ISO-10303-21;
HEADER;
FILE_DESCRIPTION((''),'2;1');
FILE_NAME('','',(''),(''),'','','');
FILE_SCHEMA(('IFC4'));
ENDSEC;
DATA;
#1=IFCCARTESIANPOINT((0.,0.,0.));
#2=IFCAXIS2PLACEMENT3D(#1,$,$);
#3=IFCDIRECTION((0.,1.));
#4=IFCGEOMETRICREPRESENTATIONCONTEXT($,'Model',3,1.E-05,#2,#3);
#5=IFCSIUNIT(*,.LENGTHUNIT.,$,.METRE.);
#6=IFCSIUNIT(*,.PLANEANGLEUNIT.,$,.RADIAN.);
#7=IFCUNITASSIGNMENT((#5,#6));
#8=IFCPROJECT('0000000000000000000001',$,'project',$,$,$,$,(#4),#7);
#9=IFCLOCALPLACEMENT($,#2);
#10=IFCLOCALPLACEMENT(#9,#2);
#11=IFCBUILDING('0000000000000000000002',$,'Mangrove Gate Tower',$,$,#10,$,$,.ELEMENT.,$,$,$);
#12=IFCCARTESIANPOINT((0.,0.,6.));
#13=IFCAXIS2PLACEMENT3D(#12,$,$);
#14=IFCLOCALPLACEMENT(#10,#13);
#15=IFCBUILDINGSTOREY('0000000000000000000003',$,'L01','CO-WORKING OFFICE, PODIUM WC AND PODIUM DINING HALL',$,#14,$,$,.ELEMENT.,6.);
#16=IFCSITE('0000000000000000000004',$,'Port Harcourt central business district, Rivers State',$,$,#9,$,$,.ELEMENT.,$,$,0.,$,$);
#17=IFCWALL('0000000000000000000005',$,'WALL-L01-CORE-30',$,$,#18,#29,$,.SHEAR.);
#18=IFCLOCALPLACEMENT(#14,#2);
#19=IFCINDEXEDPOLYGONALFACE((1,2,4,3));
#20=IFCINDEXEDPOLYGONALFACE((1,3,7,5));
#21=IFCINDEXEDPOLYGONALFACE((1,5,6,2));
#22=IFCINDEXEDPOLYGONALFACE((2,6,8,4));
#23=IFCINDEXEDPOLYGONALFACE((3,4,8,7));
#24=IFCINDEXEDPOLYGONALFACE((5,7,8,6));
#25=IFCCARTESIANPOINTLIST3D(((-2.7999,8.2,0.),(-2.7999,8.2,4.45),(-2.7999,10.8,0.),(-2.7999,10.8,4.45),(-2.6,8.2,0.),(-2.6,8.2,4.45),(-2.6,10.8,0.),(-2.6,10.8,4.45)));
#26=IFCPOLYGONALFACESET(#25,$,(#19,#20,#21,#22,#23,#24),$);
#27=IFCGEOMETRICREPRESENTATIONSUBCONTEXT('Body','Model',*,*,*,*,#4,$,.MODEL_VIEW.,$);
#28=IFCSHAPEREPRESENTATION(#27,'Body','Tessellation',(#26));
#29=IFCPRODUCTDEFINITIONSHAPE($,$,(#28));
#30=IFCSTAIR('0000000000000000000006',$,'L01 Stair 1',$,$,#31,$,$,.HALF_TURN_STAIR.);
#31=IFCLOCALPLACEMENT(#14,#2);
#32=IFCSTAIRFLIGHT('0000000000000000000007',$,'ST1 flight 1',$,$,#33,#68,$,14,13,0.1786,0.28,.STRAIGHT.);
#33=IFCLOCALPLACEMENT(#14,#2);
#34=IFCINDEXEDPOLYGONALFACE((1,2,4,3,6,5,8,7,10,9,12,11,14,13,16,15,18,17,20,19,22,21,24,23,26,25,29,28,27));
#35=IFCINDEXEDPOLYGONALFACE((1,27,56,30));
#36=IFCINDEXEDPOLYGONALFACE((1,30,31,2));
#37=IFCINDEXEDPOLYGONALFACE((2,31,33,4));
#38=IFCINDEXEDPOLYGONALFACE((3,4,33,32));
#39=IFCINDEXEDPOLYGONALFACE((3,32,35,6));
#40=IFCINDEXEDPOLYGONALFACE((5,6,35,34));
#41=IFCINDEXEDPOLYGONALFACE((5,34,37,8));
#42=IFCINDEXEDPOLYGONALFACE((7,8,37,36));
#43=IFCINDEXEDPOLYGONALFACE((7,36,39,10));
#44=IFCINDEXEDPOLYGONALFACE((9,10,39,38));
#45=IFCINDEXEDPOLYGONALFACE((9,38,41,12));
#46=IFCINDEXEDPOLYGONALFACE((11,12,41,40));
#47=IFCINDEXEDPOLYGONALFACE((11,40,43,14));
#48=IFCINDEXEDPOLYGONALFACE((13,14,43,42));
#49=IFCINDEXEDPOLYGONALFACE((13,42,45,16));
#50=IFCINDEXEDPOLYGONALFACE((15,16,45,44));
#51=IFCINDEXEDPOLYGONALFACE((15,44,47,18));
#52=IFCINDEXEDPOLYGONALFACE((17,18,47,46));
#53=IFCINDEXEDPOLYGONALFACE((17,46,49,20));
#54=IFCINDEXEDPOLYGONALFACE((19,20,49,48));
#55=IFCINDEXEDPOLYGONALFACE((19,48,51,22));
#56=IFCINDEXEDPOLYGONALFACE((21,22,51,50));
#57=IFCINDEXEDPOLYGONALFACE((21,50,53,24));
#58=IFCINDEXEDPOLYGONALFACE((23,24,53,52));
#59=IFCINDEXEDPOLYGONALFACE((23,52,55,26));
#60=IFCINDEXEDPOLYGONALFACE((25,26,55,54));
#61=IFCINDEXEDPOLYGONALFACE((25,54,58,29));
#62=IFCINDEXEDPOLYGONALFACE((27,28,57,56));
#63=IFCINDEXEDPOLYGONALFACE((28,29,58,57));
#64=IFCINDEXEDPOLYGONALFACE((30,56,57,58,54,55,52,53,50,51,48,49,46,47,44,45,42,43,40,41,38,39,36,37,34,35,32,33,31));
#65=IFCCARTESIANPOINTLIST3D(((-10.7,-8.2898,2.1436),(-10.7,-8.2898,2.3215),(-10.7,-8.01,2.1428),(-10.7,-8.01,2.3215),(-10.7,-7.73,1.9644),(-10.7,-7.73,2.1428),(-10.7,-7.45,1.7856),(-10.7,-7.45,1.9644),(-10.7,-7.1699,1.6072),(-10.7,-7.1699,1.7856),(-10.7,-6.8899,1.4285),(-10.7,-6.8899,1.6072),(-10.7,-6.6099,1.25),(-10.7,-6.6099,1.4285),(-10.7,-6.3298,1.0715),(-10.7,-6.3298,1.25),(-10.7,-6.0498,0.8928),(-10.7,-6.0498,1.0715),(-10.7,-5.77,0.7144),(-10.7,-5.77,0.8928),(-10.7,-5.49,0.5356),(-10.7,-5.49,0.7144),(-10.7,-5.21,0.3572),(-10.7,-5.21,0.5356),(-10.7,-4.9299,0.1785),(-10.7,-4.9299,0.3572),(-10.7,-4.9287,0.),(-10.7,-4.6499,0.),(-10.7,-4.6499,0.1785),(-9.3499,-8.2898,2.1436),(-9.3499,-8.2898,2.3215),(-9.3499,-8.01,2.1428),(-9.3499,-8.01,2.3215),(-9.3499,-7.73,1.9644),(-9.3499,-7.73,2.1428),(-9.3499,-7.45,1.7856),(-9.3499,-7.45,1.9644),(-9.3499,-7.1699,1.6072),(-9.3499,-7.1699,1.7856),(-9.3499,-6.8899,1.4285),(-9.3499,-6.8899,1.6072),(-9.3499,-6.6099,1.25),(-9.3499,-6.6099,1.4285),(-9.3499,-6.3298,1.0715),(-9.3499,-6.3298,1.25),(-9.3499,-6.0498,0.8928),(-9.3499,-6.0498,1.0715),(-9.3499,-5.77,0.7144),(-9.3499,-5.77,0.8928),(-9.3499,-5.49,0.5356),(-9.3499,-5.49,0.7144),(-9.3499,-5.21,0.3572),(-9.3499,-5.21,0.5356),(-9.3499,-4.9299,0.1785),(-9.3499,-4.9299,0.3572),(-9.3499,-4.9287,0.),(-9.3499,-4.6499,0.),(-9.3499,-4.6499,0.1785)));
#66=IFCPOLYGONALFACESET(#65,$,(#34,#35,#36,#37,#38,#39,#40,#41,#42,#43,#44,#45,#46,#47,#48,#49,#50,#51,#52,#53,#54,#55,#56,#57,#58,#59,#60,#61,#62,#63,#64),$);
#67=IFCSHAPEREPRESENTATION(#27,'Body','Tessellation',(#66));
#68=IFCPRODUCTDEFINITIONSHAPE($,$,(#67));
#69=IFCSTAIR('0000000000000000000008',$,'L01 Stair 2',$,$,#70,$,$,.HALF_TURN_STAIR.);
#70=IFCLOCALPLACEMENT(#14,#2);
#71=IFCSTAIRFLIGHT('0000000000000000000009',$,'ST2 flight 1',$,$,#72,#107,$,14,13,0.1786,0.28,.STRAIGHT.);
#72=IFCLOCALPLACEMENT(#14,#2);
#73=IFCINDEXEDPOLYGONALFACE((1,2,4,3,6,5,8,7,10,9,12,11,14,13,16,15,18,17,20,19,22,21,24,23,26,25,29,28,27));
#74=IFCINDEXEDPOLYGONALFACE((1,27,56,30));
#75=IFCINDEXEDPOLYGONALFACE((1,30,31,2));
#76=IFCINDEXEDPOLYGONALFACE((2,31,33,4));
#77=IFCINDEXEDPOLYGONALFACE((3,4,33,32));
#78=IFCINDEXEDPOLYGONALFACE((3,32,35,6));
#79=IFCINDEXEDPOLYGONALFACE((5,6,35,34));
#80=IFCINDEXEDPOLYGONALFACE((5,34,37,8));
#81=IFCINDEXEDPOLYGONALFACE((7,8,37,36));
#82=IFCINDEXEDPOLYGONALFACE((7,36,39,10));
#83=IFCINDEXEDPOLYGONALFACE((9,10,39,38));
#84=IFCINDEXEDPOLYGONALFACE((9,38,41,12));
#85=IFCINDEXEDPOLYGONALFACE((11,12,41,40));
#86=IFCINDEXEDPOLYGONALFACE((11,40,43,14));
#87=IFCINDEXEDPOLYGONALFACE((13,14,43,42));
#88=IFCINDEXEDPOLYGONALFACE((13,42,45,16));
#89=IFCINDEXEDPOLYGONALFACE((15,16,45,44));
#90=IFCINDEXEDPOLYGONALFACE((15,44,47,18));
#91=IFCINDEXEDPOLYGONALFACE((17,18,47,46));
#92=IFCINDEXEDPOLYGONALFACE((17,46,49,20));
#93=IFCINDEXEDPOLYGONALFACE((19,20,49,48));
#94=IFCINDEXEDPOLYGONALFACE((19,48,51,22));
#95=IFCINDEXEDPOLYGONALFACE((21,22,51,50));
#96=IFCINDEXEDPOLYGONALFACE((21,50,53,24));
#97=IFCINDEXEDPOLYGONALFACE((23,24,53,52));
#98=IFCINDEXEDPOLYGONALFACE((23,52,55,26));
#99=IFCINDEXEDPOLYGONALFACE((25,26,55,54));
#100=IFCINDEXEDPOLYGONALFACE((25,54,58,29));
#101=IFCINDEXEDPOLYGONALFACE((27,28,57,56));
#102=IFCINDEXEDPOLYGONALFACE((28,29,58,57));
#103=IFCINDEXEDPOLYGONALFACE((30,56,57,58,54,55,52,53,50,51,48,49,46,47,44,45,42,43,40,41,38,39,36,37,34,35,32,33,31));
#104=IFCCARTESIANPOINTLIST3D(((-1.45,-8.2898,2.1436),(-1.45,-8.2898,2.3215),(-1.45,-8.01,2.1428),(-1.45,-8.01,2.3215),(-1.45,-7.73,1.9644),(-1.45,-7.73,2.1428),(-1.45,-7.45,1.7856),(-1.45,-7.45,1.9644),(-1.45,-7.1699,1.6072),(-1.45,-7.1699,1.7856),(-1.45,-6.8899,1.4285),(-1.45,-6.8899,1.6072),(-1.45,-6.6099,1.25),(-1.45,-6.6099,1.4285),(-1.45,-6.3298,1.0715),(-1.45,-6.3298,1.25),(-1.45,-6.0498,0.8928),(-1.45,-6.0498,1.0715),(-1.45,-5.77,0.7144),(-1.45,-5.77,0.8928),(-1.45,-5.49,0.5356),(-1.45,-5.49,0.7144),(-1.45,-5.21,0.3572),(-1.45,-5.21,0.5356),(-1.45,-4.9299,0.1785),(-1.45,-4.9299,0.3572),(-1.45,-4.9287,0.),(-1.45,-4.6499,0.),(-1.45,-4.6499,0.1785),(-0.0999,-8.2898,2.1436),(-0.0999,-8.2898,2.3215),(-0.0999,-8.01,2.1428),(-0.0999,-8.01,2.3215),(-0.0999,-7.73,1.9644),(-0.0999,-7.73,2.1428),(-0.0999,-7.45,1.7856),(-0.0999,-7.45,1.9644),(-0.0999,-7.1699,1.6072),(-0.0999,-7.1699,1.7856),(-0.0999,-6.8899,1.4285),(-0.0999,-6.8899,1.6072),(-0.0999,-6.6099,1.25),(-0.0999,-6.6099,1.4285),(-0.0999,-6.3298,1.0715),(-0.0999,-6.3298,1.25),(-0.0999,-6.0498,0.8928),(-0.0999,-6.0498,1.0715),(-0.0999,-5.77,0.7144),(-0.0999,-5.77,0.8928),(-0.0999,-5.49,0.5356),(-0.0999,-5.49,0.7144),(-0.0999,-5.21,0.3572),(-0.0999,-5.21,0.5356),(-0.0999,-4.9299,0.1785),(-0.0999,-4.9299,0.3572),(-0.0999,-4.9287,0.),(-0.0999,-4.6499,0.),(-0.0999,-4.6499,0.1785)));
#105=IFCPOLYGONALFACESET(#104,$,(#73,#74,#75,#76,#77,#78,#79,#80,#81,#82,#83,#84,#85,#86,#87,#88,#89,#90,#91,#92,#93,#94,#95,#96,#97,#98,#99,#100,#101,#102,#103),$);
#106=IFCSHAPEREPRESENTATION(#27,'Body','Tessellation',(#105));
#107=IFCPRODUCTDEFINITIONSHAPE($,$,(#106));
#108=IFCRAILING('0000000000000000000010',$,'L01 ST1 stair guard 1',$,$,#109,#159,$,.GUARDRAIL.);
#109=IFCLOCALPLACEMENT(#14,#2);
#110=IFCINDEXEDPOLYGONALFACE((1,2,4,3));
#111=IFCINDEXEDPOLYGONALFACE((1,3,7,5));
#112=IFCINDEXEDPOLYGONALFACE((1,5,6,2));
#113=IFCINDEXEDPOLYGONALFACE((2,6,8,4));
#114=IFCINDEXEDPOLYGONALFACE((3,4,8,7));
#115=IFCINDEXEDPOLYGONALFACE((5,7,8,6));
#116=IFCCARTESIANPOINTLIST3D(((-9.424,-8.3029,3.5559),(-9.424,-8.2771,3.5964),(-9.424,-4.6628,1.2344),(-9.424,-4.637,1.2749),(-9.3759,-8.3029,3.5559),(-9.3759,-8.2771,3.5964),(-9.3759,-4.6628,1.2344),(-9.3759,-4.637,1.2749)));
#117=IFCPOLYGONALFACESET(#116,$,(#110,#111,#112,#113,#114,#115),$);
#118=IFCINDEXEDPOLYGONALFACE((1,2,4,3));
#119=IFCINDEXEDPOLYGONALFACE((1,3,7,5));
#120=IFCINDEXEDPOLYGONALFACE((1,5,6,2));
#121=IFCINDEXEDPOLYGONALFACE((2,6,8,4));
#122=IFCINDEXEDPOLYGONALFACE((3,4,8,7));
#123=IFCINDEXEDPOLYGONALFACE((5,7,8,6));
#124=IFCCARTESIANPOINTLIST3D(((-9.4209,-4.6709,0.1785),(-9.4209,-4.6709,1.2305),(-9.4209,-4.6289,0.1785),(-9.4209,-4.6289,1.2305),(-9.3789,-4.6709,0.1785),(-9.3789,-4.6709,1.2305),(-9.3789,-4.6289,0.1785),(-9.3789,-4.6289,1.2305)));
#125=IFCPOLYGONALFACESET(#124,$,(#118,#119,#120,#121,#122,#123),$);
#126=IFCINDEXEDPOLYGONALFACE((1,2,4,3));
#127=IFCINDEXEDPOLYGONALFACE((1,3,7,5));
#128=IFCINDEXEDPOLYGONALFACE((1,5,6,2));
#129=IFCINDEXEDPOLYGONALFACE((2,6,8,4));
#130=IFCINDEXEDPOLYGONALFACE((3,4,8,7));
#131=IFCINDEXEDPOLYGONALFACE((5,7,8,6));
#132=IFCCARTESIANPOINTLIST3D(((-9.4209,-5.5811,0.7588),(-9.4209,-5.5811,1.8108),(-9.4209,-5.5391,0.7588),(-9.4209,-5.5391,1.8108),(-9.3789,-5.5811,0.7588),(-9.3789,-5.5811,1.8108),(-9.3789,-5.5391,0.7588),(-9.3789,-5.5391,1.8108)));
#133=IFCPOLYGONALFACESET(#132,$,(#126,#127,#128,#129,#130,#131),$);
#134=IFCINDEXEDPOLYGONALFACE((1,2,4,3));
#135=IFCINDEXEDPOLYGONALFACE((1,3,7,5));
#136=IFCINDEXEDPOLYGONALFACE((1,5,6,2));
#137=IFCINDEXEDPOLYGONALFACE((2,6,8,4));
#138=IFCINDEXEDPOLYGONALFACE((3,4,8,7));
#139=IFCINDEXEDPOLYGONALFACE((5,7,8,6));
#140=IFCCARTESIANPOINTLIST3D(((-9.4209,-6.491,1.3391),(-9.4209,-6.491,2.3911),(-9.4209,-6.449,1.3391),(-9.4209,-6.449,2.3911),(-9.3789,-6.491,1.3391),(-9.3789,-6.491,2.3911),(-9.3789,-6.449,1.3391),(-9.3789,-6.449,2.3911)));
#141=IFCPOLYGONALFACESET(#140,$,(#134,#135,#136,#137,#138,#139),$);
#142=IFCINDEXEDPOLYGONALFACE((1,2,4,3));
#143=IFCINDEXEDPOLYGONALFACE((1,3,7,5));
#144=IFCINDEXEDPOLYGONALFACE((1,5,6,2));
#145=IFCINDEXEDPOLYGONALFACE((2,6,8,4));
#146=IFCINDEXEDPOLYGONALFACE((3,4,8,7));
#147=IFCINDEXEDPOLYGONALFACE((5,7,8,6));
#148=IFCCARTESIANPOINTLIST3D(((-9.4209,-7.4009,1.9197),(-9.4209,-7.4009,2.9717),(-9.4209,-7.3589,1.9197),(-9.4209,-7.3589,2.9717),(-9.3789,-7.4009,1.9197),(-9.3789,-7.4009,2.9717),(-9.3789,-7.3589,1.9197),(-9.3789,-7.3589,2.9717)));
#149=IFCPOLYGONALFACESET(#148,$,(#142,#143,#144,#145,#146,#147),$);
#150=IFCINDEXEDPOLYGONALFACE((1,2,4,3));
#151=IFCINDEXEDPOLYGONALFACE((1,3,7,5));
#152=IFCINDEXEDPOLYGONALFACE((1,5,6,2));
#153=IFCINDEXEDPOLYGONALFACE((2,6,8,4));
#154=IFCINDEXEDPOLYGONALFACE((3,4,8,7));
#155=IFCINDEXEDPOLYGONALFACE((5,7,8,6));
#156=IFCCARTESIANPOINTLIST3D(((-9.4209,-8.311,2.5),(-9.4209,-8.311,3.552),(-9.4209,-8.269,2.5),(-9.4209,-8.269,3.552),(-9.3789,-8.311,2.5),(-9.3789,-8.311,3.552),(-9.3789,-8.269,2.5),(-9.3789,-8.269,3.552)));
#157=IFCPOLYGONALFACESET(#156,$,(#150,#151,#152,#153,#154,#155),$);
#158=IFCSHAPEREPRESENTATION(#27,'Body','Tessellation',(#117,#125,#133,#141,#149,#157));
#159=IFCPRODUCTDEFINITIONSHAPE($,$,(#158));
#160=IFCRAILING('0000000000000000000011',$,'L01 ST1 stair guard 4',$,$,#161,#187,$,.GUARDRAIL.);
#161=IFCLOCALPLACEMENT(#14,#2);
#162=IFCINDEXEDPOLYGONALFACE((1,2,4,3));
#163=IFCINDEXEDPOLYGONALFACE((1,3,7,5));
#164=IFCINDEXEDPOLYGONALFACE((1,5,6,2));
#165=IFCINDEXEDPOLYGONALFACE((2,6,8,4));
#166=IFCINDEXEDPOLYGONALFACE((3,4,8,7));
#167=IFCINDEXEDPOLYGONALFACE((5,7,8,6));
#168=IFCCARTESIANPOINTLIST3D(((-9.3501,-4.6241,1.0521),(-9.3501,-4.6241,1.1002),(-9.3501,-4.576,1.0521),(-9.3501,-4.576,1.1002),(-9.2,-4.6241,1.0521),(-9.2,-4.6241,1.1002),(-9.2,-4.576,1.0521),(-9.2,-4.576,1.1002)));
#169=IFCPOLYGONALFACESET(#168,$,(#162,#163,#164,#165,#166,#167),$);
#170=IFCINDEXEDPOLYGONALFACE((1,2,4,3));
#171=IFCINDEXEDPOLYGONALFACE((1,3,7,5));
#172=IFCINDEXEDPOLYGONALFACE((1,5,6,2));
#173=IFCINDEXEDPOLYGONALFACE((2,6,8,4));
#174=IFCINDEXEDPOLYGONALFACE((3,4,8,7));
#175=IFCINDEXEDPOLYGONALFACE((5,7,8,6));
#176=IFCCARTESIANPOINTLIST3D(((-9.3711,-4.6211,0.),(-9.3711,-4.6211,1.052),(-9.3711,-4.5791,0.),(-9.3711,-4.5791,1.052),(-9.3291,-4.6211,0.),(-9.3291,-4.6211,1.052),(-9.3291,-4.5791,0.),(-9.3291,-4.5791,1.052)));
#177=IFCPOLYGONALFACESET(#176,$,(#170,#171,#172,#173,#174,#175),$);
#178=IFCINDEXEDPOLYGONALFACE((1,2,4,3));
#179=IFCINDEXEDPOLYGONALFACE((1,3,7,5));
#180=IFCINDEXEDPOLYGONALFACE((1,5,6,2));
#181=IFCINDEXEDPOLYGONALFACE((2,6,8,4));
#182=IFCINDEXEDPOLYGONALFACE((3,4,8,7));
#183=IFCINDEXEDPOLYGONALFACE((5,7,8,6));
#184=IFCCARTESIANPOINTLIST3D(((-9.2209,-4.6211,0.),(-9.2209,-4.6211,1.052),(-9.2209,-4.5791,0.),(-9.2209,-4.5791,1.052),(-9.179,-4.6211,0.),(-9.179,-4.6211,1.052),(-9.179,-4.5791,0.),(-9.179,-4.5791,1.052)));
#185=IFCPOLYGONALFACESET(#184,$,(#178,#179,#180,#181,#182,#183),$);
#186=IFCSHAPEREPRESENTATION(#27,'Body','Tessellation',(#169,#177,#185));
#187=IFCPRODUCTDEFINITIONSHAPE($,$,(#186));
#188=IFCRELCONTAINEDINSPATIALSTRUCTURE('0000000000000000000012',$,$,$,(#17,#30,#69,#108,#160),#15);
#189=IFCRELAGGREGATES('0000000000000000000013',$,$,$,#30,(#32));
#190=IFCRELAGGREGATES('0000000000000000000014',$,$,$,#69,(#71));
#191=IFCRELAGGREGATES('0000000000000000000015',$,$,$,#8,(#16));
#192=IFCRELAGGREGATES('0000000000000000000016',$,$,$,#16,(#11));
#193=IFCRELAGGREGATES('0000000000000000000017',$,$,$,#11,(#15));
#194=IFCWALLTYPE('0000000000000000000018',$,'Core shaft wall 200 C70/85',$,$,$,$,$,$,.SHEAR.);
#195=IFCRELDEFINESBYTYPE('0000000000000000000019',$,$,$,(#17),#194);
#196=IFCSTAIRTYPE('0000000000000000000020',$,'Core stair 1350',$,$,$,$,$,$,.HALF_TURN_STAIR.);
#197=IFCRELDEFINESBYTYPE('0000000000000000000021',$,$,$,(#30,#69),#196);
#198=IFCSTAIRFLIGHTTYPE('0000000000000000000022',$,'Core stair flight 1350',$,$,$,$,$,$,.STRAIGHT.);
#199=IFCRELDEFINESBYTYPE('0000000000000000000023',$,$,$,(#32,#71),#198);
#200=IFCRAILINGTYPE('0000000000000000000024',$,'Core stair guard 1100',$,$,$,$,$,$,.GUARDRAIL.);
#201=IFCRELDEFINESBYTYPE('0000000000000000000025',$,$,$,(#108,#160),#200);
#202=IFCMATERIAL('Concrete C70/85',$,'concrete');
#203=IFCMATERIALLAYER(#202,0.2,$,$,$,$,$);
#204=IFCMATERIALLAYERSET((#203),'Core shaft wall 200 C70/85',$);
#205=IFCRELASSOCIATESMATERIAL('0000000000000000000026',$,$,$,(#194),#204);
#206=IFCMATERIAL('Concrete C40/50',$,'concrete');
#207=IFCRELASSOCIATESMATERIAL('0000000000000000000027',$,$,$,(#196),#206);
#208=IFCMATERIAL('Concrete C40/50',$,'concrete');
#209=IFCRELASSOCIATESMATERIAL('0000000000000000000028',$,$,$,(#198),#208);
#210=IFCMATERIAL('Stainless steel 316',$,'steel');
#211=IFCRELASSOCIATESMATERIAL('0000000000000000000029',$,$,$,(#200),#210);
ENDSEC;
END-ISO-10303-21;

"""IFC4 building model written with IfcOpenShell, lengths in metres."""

from ifc_helpers import new_model, si_unit, direction, frame, frame_2d, origin, origin_2d, place, context, subcontext, project, spatial, polyline, rectangle, outline, extrude, material, layer, layer_set, type_object, element, aggregate, save


model = new_model("IFC4")

# Units and contexts
model_context = context("Model", 3, precision=1e-05, world=origin(), true_north=direction((0.0, 1.0)))
body_context = subcontext(model_context, "Body", "Model", "MODEL_VIEW")
ifc_project = project(units=[si_unit("LENGTHUNIT", "METRE"), si_unit("PLANEANGLEUNIT", "RADIAN")], contexts=[model_context])

# Site, building, storey
site_placement = place(None, origin())
site = spatial("IfcSite", under=ifc_project, at=site_placement, Name="Port Harcourt central business district, Rivers State", CompositionType="ELEMENT", RefElevation=0.0)
building_placement = place(site_placement, origin())
building = spatial("IfcBuilding", under=site, at=building_placement, Name="Mangrove Gate Tower", CompositionType="ELEMENT")
storey_placement = place(building_placement, frame((0.0, 0.0, 6.0)))
storey = spatial("IfcBuildingStorey", under=building, at=storey_placement, Name="L01", Description="CO-WORKING OFFICE, PODIUM WC AND PODIUM DINING HALL", CompositionType="ELEMENT", Elevation=6.0)

# Wall
ifc_material_1 = material(Name="Concrete C70/85", Category="concrete")
ifc_layer_1 = layer(ifc_material_1, 0.2)
ifc_layer_set_1 = layer_set([ifc_layer_1], Name="Core shaft wall 200 C70/85")
wall_type_1 = type_object("IfcWallType", Name="Core shaft wall 200 C70/85", PredefinedType="SHEAR", material=ifc_layer_set_1)
for number, where, z_axis, x_axis, name in (
    (1, (-2.7, 8.2, 0.0), (0.0, 0.0, 1.0), (0.0, 1.0, 0.0), "WALL-L01-CORE-30"),
):
    element("IfcWall", number, at=place(storey_placement, frame(where, z_axis=z_axis, x_axis=x_axis)), inside=storey, type_object=wall_type_1, Name=name, PredefinedType="SHEAR", context=body_context, shape_type="SweptSolid", body=[
        extrude(rectangle(XDim=2.6001, YDim=0.2, at=frame_2d((1.3, 0.0))), origin(), (0.0, 0.0, 1.0), 4.45),
    ])

# Stairs, stair flights
ifc_material_2 = material(Name="Concrete C40/50", Category="concrete")
stair_type = type_object("IfcStairType", Name="Core stair 1350", PredefinedType="HALF_TURN_STAIR", material=ifc_material_2)
stair_1_placement = place(storey_placement, origin())
stair_1 = element("IfcStair", 2, at=stair_1_placement, inside=storey, type_object=stair_type, Name="L01 Stair 1", PredefinedType="HALF_TURN_STAIR")
ifc_material_3 = material(Name="Concrete C40/50", Category="concrete")
stair_flight_type = type_object("IfcStairFlightType", Name="Core stair flight 1350", PredefinedType="STRAIGHT", material=ifc_material_3)
stair_flight_1_placement = place(storey_placement, frame((-10.0249, -4.6499, 0.0), z_axis=(0.0, 0.0, 1.0), x_axis=(0.0, -1.0, 0.0)))
stair_flight_1 = element("IfcStairFlight", 3, at=stair_flight_1_placement, type_object=stair_flight_type, Name="ST1 flight 1", NumberOfRisers=14, NumberOfTreads=13, PredefinedType="STRAIGHT", RiserHeight=0.1786, TreadLength=0.28, context=body_context, shape_type="SweptSolid", body=[
    extrude(outline(polyline([(0.0, 0.0), (0.0, 0.1785), (0.28, 0.1785), (0.28, 0.3572), (0.5601, 0.3572), (0.5601, 0.5356), (0.8401, 0.5356), (0.8401, 0.7144), (1.1201, 0.7144), (1.1201, 0.8928), (1.3999, 0.8928), (1.3999, 1.0715), (1.6799, 1.0715), (1.6799, 1.25), (1.96, 1.25), (1.96, 1.4285), (2.24, 1.4285), (2.24, 1.6072), (2.52, 1.6072), (2.52, 1.7856), (2.8, 1.7856), (2.8, 1.9644), (3.0801, 1.9644), (3.0801, 2.1428), (3.3601, 2.1428), (3.3601, 2.3215), (3.6399, 2.3215), (3.6399, 2.5), (3.6399, 2.1436), (0.2788, 0.0), (0.0, 0.0)])), frame((0.0, 0.675, 0.0), z_axis=(0.0, -1.0, 0.0), x_axis=(1.0, 0.0, 0.0)), (0.0, 0.0, 1.0), 1.3501),
])
aggregate(stair_1, [stair_flight_1])
stair_2_placement = place(storey_placement, origin())
stair_2 = element("IfcStair", 4, at=stair_2_placement, inside=storey, type_object=stair_type, Name="L01 Stair 2", PredefinedType="HALF_TURN_STAIR")
stair_flight_2_placement = place(storey_placement, frame((-0.7749, -4.6499, 0.0), z_axis=(0.0, 0.0, 1.0), x_axis=(0.0, -1.0, 0.0)))
stair_flight_2 = element("IfcStairFlight", 5, at=stair_flight_2_placement, type_object=stair_flight_type, Name="ST2 flight 1", NumberOfRisers=14, NumberOfTreads=13, PredefinedType="STRAIGHT", RiserHeight=0.1786, TreadLength=0.28, context=body_context, shape_type="SweptSolid", body=[
    extrude(outline(polyline([(0.0, 0.0), (0.0, 0.1785), (0.28, 0.1785), (0.28, 0.3572), (0.5601, 0.3572), (0.5601, 0.5356), (0.8401, 0.5356), (0.8401, 0.7144), (1.1201, 0.7144), (1.1201, 0.8928), (1.3999, 0.8928), (1.3999, 1.0715), (1.6799, 1.0715), (1.6799, 1.25), (1.96, 1.25), (1.96, 1.4285), (2.24, 1.4285), (2.24, 1.6072), (2.52, 1.6072), (2.52, 1.7856), (2.8, 1.7856), (2.8, 1.9644), (3.0801, 1.9644), (3.0801, 2.1428), (3.3601, 2.1428), (3.3601, 2.3215), (3.6399, 2.3215), (3.6399, 2.5), (3.6399, 2.1436), (0.2788, 0.0), (0.0, 0.0)])), frame((0.0, 0.675, 0.0), z_axis=(0.0, -1.0, 0.0), x_axis=(1.0, 0.0, 0.0)), (0.0, 0.0, 1.0), 1.3501),
])
aggregate(stair_2, [stair_flight_2])

# Railings
ifc_material_4 = material(Name="Stainless steel 316", Category="steel")
railing_type_1 = type_object("IfcRailingType", Name="Core stair guard 1100", PredefinedType="GUARDRAIL", material=ifc_material_4)
railing_1_placement = place(storey_placement, frame((-9.3999, -4.6499, 0.1785)))
element("IfcRailing", 6, at=railing_1_placement, inside=storey, type_object=railing_type_1, Name="L01 ST1 stair guard 1", PredefinedType="GUARDRAIL", context=body_context, shape_type="SweptSolid", body=[
    extrude(rectangle(XDim=0.0481, YDim=0.0481, at=origin_2d()), frame((0.0, 0.0, 1.0762), z_axis=(0.0, -0.843128, 0.537713), x_axis=(1.0, 0.0, 0.0)), (0.0, 0.0, 1.0), 4.3174),
    extrude(rectangle(XDim=0.042, YDim=0.042, at=origin_2d()), origin(), (0.0, 0.0, 1.0), 1.052),
    extrude(rectangle(XDim=0.042, YDim=0.042, at=origin_2d()), frame((0.0, -0.9102, 0.5803)), (0.0, 0.0, 1.0), 1.052),
    extrude(rectangle(XDim=0.042, YDim=0.042, at=origin_2d()), frame((0.0, -1.8201, 1.1606)), (0.0, 0.0, 1.0), 1.052),
    extrude(rectangle(XDim=0.042, YDim=0.042, at=origin_2d()), frame((0.0, -2.73, 1.7412)), (0.0, 0.0, 1.0), 1.052),
    extrude(rectangle(XDim=0.042, YDim=0.042, at=origin_2d()), frame((0.0, -3.6401, 2.3215)), (0.0, 0.0, 1.0), 1.052),
])
railing_2_placement = place(storey_placement, frame((-9.3501, -4.6001, 0.0)))
element("IfcRailing", 7, at=railing_2_placement, inside=storey, type_object=railing_type_1, Name="L01 ST1 stair guard 4", PredefinedType="GUARDRAIL", context=body_context, shape_type="SweptSolid", body=[
    extrude(rectangle(XDim=0.0481, YDim=0.0481, at=origin_2d()), frame((0.0, 0.0, 1.0762), z_axis=(1.0, 0.0, 0.0), x_axis=(0.0, 1.0, 0.0)), (0.0, 0.0, 1.0), 0.1501),
    extrude(rectangle(XDim=0.042, YDim=0.042, at=origin_2d()), origin(), (0.0, 0.0, 1.0), 1.052),
    extrude(rectangle(XDim=0.042, YDim=0.042, at=origin_2d()), frame((0.1501, 0.0, 0.0)), (0.0, 0.0, 1.0), 1.052),
])

save(model, "model.ifc")
